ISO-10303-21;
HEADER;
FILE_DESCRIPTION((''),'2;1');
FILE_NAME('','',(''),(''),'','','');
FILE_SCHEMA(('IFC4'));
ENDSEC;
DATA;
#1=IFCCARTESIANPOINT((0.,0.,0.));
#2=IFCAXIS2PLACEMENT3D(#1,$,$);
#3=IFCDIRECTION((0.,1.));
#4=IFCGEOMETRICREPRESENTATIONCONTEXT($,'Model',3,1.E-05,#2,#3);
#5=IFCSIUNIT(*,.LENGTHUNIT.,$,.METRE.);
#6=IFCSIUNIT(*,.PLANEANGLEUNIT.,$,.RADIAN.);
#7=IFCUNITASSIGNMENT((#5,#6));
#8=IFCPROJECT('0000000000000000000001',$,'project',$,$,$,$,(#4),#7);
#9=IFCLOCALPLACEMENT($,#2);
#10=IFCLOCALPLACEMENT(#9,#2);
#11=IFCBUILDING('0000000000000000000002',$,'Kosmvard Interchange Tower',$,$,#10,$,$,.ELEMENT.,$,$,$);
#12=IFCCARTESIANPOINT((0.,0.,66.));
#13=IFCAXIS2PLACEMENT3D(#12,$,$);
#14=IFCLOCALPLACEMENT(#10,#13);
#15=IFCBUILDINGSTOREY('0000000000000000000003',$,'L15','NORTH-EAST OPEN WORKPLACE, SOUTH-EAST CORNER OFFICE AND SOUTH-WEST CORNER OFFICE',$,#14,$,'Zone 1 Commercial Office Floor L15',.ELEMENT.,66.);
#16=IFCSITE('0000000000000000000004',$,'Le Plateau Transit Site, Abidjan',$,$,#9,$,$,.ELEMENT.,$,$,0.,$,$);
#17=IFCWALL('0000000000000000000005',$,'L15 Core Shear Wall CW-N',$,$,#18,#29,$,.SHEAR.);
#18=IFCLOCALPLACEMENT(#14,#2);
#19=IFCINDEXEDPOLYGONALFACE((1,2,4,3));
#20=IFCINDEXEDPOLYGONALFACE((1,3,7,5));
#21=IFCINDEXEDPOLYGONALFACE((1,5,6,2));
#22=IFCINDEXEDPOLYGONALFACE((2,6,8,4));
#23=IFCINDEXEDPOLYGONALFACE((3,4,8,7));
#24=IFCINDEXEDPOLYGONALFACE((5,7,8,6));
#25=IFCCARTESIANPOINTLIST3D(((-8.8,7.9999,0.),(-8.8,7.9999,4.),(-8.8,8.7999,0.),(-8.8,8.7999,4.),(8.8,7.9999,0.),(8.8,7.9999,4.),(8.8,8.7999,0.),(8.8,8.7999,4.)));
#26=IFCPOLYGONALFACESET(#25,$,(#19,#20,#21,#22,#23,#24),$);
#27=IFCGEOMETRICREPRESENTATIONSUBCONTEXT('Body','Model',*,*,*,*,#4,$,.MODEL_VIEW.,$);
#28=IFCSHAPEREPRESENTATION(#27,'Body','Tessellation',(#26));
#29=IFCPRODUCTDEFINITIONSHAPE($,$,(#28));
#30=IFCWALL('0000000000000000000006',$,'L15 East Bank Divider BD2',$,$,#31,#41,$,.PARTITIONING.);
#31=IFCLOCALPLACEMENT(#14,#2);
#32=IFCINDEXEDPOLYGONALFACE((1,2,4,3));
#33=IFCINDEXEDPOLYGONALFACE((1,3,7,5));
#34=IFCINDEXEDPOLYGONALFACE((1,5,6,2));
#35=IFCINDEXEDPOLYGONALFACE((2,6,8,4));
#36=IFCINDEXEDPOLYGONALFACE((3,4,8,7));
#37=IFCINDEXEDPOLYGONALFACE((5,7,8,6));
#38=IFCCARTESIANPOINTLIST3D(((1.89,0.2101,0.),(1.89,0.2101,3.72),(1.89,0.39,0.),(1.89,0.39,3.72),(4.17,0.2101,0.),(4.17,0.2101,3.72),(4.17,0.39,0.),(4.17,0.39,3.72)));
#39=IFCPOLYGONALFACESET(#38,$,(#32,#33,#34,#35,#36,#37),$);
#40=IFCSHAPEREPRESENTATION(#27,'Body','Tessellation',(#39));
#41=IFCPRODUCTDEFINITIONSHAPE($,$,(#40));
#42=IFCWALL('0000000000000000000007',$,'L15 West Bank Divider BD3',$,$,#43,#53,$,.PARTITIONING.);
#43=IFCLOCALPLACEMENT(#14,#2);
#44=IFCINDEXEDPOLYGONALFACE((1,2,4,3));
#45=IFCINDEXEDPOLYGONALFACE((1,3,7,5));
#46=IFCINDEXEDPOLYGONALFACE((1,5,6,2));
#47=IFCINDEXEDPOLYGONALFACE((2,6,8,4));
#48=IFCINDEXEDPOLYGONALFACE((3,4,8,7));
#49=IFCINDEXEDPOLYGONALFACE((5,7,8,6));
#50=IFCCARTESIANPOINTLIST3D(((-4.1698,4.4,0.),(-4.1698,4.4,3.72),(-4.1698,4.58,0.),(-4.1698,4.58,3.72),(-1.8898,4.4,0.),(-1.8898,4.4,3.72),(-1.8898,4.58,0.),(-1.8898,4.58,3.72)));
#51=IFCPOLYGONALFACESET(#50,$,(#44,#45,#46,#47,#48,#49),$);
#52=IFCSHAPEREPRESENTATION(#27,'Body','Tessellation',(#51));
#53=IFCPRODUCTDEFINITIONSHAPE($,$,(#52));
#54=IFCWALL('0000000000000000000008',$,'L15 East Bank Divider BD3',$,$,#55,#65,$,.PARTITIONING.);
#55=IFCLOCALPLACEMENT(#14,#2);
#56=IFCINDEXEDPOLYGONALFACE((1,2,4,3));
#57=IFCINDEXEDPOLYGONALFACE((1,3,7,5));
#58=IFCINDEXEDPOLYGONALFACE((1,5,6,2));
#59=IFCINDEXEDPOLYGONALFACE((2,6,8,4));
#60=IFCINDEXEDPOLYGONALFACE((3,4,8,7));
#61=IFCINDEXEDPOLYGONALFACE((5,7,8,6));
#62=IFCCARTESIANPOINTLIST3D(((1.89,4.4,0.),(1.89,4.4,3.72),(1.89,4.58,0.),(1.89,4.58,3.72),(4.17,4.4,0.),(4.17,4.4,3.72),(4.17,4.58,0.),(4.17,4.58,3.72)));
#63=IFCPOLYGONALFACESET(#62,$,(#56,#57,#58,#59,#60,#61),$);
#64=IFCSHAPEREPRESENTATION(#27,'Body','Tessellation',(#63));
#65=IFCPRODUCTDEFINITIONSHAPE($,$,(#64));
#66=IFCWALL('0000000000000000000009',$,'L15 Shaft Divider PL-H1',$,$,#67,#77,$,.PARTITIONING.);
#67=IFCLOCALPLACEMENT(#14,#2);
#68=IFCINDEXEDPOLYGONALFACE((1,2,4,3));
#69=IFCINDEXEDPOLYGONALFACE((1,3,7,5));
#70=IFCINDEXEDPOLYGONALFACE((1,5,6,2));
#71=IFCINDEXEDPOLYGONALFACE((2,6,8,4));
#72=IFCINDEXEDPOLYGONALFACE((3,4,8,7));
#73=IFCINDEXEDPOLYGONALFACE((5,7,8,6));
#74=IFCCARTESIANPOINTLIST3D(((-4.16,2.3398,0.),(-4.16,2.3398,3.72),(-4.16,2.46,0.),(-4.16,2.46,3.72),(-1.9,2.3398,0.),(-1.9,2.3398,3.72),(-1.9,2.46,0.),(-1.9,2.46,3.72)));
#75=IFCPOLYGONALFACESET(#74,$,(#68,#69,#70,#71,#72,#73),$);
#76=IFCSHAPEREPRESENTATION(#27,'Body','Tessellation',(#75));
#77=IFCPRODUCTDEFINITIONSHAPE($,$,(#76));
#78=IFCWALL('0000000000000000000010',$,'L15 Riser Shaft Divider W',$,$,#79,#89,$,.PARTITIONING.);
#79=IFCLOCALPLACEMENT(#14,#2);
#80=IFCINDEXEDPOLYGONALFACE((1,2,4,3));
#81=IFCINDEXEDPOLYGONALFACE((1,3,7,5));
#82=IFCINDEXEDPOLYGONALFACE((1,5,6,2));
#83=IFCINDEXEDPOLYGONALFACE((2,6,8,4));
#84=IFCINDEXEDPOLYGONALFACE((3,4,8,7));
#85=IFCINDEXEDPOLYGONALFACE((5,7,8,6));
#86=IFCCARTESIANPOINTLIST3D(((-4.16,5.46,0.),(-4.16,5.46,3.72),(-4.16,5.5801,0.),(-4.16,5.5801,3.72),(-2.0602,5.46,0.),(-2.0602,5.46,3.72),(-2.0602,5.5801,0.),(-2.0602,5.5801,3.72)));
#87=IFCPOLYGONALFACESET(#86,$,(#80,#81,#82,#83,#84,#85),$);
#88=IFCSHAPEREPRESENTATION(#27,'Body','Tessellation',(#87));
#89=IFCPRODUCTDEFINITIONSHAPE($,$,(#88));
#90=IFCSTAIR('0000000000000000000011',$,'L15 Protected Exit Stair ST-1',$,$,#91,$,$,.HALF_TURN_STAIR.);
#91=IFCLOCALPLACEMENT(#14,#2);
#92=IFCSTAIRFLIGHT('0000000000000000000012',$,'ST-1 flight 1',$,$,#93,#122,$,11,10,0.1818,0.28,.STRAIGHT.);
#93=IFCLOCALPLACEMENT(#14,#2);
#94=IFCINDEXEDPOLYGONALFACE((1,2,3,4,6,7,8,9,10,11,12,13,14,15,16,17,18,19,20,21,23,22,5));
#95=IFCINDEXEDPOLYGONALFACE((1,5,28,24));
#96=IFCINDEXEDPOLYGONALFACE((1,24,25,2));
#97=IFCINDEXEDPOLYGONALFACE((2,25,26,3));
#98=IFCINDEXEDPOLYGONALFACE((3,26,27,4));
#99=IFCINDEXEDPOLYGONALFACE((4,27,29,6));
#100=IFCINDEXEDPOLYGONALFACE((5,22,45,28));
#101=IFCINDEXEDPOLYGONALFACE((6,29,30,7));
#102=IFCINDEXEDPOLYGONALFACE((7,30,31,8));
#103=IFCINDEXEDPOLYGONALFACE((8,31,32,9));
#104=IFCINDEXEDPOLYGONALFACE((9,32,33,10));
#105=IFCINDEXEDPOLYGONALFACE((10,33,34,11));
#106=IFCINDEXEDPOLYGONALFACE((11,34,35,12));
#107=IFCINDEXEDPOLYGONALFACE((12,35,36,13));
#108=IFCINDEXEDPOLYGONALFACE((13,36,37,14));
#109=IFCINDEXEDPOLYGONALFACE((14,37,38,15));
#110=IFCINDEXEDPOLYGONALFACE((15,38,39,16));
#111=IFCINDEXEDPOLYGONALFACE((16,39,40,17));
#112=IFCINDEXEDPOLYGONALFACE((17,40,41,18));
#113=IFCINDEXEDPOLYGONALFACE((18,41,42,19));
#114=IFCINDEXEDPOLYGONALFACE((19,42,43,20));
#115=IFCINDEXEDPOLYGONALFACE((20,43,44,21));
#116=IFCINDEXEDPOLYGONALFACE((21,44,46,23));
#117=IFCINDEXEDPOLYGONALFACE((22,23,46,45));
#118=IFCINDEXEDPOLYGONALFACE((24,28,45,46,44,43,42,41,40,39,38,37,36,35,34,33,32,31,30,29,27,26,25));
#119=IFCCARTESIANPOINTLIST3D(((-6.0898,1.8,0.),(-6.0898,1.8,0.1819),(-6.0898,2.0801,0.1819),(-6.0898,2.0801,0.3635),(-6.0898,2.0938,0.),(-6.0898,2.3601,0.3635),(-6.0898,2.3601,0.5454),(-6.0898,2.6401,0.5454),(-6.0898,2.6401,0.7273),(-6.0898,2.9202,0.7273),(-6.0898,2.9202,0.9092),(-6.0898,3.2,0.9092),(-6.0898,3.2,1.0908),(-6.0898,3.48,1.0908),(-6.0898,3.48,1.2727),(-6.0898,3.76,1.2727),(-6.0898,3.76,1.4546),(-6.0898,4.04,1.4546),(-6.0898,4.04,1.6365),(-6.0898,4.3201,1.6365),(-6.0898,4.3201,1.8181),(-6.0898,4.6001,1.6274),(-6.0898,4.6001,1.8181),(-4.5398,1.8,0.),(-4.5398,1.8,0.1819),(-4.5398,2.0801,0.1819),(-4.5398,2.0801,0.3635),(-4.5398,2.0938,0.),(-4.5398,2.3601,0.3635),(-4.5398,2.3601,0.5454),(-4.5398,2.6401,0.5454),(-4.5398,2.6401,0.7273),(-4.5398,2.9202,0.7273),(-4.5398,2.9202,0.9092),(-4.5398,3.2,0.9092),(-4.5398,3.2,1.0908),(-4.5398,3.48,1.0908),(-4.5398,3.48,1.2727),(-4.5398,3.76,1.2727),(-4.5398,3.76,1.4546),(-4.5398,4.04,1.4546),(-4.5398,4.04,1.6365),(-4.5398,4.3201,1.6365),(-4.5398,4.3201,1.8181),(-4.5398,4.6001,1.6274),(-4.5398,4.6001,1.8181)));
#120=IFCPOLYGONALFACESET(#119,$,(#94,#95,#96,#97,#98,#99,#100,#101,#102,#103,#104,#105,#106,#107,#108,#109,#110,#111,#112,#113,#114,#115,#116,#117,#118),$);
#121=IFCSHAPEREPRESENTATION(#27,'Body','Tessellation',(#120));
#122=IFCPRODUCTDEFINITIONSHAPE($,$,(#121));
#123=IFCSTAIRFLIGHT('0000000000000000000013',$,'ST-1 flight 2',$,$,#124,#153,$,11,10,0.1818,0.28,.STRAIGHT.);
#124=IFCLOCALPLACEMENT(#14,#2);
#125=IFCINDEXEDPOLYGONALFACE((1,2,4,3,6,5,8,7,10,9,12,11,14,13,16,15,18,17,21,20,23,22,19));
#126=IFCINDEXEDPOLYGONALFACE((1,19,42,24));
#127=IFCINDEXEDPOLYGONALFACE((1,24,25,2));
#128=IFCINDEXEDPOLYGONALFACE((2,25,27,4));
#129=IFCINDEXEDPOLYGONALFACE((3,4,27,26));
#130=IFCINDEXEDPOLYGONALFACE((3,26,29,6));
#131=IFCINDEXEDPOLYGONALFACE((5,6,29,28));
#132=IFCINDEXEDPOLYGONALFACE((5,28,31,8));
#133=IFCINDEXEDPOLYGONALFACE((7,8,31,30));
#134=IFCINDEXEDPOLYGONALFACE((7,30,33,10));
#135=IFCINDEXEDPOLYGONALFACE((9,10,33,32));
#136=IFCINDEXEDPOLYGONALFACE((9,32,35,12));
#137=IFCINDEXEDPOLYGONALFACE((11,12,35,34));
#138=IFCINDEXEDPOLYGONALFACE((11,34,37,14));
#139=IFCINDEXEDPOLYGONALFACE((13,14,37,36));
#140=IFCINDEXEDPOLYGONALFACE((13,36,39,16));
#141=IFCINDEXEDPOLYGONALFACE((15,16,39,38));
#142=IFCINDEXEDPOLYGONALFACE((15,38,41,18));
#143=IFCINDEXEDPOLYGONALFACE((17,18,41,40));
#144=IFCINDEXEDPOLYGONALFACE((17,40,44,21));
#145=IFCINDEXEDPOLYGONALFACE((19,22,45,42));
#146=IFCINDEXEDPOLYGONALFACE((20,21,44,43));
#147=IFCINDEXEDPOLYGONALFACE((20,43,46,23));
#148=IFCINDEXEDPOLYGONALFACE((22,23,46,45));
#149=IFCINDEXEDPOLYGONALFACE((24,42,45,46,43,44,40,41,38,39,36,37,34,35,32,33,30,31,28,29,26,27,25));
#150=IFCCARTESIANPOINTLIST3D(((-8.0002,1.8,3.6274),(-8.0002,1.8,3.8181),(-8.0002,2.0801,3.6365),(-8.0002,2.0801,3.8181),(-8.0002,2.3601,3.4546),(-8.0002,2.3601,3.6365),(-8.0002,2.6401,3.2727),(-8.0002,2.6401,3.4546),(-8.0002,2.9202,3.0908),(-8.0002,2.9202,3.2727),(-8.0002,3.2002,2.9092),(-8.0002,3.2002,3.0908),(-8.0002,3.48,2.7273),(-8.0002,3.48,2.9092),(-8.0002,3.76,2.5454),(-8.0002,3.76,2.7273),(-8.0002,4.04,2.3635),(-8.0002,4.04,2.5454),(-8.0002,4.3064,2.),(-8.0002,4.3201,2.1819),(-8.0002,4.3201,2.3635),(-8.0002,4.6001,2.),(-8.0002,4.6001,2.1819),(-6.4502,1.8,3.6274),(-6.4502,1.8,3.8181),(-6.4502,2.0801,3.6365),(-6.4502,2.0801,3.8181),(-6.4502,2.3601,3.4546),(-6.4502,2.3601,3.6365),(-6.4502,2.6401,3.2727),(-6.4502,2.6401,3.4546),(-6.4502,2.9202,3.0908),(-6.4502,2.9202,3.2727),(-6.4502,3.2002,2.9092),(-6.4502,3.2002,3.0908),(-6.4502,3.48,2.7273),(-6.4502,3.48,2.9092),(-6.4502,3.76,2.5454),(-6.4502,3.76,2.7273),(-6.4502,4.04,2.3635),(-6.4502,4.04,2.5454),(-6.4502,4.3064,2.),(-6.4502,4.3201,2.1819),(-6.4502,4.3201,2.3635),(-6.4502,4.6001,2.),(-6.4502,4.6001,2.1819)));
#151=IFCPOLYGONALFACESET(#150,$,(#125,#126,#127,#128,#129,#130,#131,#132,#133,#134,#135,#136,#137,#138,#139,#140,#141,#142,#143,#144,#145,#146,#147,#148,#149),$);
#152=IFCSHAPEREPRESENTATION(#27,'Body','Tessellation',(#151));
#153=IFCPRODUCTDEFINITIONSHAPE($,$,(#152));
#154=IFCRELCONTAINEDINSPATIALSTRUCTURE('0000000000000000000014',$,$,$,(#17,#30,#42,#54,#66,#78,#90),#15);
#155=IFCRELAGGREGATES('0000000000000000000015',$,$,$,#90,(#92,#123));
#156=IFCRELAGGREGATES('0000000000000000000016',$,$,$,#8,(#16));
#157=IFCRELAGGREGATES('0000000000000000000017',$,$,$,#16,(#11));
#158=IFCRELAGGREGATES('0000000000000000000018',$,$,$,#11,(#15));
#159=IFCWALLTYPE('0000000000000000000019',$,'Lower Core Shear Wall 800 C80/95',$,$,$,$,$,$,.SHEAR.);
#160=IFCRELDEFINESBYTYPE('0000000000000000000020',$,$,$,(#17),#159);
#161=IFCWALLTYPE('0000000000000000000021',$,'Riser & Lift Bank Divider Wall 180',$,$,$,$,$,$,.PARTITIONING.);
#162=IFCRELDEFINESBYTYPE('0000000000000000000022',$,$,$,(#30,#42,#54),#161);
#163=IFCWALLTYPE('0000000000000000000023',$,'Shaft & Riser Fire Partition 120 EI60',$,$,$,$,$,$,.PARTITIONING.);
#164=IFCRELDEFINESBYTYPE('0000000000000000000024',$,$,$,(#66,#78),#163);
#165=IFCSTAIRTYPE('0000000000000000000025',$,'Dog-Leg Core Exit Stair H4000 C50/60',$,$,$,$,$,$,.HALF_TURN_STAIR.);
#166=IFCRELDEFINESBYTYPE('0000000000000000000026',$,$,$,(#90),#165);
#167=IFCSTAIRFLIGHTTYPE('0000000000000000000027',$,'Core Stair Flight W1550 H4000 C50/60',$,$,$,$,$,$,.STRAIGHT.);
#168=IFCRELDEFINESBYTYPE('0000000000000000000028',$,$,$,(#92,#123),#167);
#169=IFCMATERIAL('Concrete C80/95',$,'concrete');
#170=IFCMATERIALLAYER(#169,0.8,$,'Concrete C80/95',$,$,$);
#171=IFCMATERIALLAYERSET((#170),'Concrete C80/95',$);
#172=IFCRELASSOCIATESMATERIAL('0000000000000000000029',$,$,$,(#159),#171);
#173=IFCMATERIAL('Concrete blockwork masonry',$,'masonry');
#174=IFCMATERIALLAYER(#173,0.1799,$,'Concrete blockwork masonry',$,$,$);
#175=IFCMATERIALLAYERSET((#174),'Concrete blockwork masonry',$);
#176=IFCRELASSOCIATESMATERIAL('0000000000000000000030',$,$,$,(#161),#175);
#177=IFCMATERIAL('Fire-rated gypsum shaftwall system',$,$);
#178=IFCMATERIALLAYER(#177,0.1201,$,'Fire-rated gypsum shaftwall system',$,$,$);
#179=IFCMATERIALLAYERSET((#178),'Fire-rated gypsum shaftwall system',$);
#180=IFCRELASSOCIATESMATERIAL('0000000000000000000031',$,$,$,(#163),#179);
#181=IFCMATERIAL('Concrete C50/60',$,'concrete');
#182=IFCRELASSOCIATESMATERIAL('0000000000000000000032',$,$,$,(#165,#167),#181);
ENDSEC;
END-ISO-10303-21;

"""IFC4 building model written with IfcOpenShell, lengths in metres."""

from ifc_helpers import new_model, si_unit, direction, frame, frame_2d, origin, place, context, subcontext, project, spatial, polyline, rectangle, outline, extrude, source, transform, mapped, material, layer, layer_set, type_object, element, aggregate, save


model = new_model("IFC4")

# Units and contexts
model_context = context("Model", 3, precision=1e-05, world=origin(), true_north=direction((0.0, 1.0)))
body_context = subcontext(model_context, "Body", "Model", "MODEL_VIEW")
ifc_project = project(units=[si_unit("LENGTHUNIT", "METRE"), si_unit("PLANEANGLEUNIT", "RADIAN")], contexts=[model_context])

# Site, building, storey
site_placement = place(None, origin())
site = spatial("IfcSite", under=ifc_project, at=site_placement, Name="Le Plateau Transit Site, Abidjan", CompositionType="ELEMENT", RefElevation=0.0)
building_placement = place(site_placement, origin())
building = spatial("IfcBuilding", under=site, at=building_placement, Name="Kosmvard Interchange Tower", CompositionType="ELEMENT")
storey_placement = place(building_placement, frame((0.0, 0.0, 66.0)))
storey = spatial("IfcBuildingStorey", under=building, at=storey_placement, Name="L15", Description="NORTH-EAST OPEN WORKPLACE, SOUTH-EAST CORNER OFFICE AND SOUTH-WEST CORNER OFFICE", LongName="Zone 1 Commercial Office Floor L15", CompositionType="ELEMENT", Elevation=66.0)

# Shared definitions
ifc_material_1 = material(Name="Concrete C80/95", Category="concrete")

# Shared definitions
ifc_material_2 = material(Name="Concrete blockwork masonry", Category="masonry")

# Walls
ifc_layer_1 = layer(ifc_material_1, 0.8, Name="Concrete C80/95")
ifc_layer_set_1 = layer_set([ifc_layer_1], Name="Concrete C80/95")
wall_type_1 = type_object("IfcWallType", Name="Lower Core Shear Wall 800 C80/95", PredefinedType="SHEAR", material=ifc_layer_set_1)
wall_1_placement = place(storey_placement, frame((-8.8, 8.3999, 0.0), z_axis=(0.0, 0.0, 1.0), x_axis=(1.0, 0.0, 0.0)))
element("IfcWall", 1, at=wall_1_placement, inside=storey, type_object=wall_type_1, Name="L15 Core Shear Wall CW-N", PredefinedType="SHEAR", context=body_context, shape_type="SweptSolid", body=[
    extrude(rectangle(XDim=17.6001, YDim=0.8, at=frame_2d((8.8, 0.0))), origin(), (0.0, 0.0, 1.0), 4.0),
])
ifc_layer_2 = layer(ifc_material_2, 0.1799, Name="Concrete blockwork masonry")
ifc_layer_set_2 = layer_set([ifc_layer_2], Name="Concrete blockwork masonry")
wall_type_2 = type_object("IfcWallType", Name="Riser & Lift Bank Divider Wall 180", PredefinedType="PARTITIONING", material=ifc_layer_set_2)
for number, where, z_axis, x_axis, name in (
    (2, (1.8899, 0.3, 0.0), (0.0, 0.0, 1.0), (1.0, 0.0, 0.0), "L15 East Bank Divider BD2"),
    (3, (-4.1699, 4.49, 0.0), (0.0, 0.0, 1.0), (1.0, 0.0, 0.0), "L15 West Bank Divider BD3"),
    (4, (1.8899, 4.49, 0.0), (0.0, 0.0, 1.0), (1.0, 0.0, 0.0), "L15 East Bank Divider BD3"),
):
    element("IfcWall", number, at=place(storey_placement, frame(where, z_axis=z_axis, x_axis=x_axis)), inside=storey, type_object=wall_type_2, Name=name, PredefinedType="PARTITIONING", context=body_context, shape_type="SweptSolid", body=[
        extrude(rectangle(XDim=2.28, YDim=0.1799, at=frame_2d((1.1401, 0.0))), origin(), (0.0, 0.0, 1.0), 3.72),
    ])
ifc_material_3 = material(Name="Fire-rated gypsum shaftwall system")
ifc_layer_3 = layer(ifc_material_3, 0.1201, Name="Fire-rated gypsum shaftwall system")
ifc_layer_set_3 = layer_set([ifc_layer_3], Name="Fire-rated gypsum shaftwall system")
wall_type_3 = type_object("IfcWallType", Name="Shaft & Riser Fire Partition 120 EI60", PredefinedType="PARTITIONING", material=ifc_layer_set_3)
wall_2_placement = place(storey_placement, frame((-4.1599, 2.3999, 0.0), z_axis=(0.0, 0.0, 1.0), x_axis=(1.0, 0.0, 0.0)))
element("IfcWall", 5, at=wall_2_placement, inside=storey, type_object=wall_type_3, Name="L15 Shaft Divider PL-H1", PredefinedType="PARTITIONING", context=body_context, shape_type="SweptSolid", body=[
    extrude(rectangle(XDim=2.26, YDim=0.1201, at=frame_2d((1.1299, 0.0))), origin(), (0.0, 0.0, 1.0), 3.72),
])
wall_3_placement = place(storey_placement, frame((-4.1599, 5.52, 0.0), z_axis=(0.0, 0.0, 1.0), x_axis=(1.0, 0.0, 0.0)))
element("IfcWall", 6, at=wall_3_placement, inside=storey, type_object=wall_type_3, Name="L15 Riser Shaft Divider W", PredefinedType="PARTITIONING", context=body_context, shape_type="SweptSolid", body=[
    extrude(rectangle(XDim=2.0999, YDim=0.1201, at=frame_2d((1.0498, 0.0))), origin(), (0.0, 0.0, 1.0), 3.72),
])

# Stair, stair flights
ifc_material_4 = material(Name="Concrete C50/60", Category="concrete")
stair_type = type_object("IfcStairType", Name="Dog-Leg Core Exit Stair H4000 C50/60", PredefinedType="HALF_TURN_STAIR", material=ifc_material_4)
stair_placement = place(storey_placement, origin())
stair = element("IfcStair", 7, at=stair_placement, inside=storey, type_object=stair_type, Name="L15 Protected Exit Stair ST-1", PredefinedType="HALF_TURN_STAIR")
stair_flight_type = type_object("IfcStairFlightType", Name="Core Stair Flight W1550 H4000 C50/60", PredefinedType="STRAIGHT", material=ifc_material_4)
shared_shape_1 = source(origin(), body_context, "Body", "SweptSolid", [
    extrude(outline(polyline([(0.0, 0.0), (0.0, 0.1819), (0.28, 0.1819), (0.28, 0.3635), (0.5601, 0.3635), (0.5601, 0.5454), (0.8401, 0.5454), (0.8401, 0.7273), (1.1201, 0.7273), (1.1201, 0.9092), (1.3999, 0.9092), (1.3999, 1.0908), (1.6799, 1.0908), (1.6799, 1.2727), (1.96, 1.2727), (1.96, 1.4546), (2.24, 1.4546), (2.24, 1.6365), (2.52, 1.6365), (2.52, 1.8181), (2.8, 1.8181), (2.8, 2.0), (2.8, 1.6274), (0.2937, 0.0), (0.0, 0.0)])), frame((0.0, 0.7749, 0.0), z_axis=(0.0, -1.0, 0.0), x_axis=(1.0, 0.0, 0.0)), (0.0, 0.0, 1.0), 1.55),
])
stair_flight_1_placement = place(storey_placement, frame((-5.3149, 1.8, 0.0), z_axis=(0.0, 0.0, 1.0), x_axis=(0.0, 1.0, 0.0)))
stair_flight_1 = element("IfcStairFlight", 8, at=stair_flight_1_placement, type_object=stair_flight_type, Name="ST-1 flight 1", NumberOfRisers=11, NumberOfTreads=10, PredefinedType="STRAIGHT", RiserHeight=0.1818, TreadLength=0.28, context=body_context, shape_type="MappedRepresentation", body=[
    mapped(shared_shape_1, transform((0.0, 0.0, 0.0), scale=1.0)),
])
stair_flight_2_placement = place(storey_placement, frame((-7.2251, 4.6001, 2.0), z_axis=(0.0, 0.0, 1.0), x_axis=(0.0, -1.0, 0.0)))
stair_flight_2 = element("IfcStairFlight", 9, at=stair_flight_2_placement, type_object=stair_flight_type, Name="ST-1 flight 2", NumberOfRisers=11, NumberOfTreads=10, PredefinedType="STRAIGHT", RiserHeight=0.1818, TreadLength=0.28, context=body_context, shape_type="MappedRepresentation", body=[
    mapped(shared_shape_1, transform((0.0, 0.0, 0.0), scale=1.0)),
])
aggregate(stair, [stair_flight_1, stair_flight_2])

save(model, "model.ifc")
